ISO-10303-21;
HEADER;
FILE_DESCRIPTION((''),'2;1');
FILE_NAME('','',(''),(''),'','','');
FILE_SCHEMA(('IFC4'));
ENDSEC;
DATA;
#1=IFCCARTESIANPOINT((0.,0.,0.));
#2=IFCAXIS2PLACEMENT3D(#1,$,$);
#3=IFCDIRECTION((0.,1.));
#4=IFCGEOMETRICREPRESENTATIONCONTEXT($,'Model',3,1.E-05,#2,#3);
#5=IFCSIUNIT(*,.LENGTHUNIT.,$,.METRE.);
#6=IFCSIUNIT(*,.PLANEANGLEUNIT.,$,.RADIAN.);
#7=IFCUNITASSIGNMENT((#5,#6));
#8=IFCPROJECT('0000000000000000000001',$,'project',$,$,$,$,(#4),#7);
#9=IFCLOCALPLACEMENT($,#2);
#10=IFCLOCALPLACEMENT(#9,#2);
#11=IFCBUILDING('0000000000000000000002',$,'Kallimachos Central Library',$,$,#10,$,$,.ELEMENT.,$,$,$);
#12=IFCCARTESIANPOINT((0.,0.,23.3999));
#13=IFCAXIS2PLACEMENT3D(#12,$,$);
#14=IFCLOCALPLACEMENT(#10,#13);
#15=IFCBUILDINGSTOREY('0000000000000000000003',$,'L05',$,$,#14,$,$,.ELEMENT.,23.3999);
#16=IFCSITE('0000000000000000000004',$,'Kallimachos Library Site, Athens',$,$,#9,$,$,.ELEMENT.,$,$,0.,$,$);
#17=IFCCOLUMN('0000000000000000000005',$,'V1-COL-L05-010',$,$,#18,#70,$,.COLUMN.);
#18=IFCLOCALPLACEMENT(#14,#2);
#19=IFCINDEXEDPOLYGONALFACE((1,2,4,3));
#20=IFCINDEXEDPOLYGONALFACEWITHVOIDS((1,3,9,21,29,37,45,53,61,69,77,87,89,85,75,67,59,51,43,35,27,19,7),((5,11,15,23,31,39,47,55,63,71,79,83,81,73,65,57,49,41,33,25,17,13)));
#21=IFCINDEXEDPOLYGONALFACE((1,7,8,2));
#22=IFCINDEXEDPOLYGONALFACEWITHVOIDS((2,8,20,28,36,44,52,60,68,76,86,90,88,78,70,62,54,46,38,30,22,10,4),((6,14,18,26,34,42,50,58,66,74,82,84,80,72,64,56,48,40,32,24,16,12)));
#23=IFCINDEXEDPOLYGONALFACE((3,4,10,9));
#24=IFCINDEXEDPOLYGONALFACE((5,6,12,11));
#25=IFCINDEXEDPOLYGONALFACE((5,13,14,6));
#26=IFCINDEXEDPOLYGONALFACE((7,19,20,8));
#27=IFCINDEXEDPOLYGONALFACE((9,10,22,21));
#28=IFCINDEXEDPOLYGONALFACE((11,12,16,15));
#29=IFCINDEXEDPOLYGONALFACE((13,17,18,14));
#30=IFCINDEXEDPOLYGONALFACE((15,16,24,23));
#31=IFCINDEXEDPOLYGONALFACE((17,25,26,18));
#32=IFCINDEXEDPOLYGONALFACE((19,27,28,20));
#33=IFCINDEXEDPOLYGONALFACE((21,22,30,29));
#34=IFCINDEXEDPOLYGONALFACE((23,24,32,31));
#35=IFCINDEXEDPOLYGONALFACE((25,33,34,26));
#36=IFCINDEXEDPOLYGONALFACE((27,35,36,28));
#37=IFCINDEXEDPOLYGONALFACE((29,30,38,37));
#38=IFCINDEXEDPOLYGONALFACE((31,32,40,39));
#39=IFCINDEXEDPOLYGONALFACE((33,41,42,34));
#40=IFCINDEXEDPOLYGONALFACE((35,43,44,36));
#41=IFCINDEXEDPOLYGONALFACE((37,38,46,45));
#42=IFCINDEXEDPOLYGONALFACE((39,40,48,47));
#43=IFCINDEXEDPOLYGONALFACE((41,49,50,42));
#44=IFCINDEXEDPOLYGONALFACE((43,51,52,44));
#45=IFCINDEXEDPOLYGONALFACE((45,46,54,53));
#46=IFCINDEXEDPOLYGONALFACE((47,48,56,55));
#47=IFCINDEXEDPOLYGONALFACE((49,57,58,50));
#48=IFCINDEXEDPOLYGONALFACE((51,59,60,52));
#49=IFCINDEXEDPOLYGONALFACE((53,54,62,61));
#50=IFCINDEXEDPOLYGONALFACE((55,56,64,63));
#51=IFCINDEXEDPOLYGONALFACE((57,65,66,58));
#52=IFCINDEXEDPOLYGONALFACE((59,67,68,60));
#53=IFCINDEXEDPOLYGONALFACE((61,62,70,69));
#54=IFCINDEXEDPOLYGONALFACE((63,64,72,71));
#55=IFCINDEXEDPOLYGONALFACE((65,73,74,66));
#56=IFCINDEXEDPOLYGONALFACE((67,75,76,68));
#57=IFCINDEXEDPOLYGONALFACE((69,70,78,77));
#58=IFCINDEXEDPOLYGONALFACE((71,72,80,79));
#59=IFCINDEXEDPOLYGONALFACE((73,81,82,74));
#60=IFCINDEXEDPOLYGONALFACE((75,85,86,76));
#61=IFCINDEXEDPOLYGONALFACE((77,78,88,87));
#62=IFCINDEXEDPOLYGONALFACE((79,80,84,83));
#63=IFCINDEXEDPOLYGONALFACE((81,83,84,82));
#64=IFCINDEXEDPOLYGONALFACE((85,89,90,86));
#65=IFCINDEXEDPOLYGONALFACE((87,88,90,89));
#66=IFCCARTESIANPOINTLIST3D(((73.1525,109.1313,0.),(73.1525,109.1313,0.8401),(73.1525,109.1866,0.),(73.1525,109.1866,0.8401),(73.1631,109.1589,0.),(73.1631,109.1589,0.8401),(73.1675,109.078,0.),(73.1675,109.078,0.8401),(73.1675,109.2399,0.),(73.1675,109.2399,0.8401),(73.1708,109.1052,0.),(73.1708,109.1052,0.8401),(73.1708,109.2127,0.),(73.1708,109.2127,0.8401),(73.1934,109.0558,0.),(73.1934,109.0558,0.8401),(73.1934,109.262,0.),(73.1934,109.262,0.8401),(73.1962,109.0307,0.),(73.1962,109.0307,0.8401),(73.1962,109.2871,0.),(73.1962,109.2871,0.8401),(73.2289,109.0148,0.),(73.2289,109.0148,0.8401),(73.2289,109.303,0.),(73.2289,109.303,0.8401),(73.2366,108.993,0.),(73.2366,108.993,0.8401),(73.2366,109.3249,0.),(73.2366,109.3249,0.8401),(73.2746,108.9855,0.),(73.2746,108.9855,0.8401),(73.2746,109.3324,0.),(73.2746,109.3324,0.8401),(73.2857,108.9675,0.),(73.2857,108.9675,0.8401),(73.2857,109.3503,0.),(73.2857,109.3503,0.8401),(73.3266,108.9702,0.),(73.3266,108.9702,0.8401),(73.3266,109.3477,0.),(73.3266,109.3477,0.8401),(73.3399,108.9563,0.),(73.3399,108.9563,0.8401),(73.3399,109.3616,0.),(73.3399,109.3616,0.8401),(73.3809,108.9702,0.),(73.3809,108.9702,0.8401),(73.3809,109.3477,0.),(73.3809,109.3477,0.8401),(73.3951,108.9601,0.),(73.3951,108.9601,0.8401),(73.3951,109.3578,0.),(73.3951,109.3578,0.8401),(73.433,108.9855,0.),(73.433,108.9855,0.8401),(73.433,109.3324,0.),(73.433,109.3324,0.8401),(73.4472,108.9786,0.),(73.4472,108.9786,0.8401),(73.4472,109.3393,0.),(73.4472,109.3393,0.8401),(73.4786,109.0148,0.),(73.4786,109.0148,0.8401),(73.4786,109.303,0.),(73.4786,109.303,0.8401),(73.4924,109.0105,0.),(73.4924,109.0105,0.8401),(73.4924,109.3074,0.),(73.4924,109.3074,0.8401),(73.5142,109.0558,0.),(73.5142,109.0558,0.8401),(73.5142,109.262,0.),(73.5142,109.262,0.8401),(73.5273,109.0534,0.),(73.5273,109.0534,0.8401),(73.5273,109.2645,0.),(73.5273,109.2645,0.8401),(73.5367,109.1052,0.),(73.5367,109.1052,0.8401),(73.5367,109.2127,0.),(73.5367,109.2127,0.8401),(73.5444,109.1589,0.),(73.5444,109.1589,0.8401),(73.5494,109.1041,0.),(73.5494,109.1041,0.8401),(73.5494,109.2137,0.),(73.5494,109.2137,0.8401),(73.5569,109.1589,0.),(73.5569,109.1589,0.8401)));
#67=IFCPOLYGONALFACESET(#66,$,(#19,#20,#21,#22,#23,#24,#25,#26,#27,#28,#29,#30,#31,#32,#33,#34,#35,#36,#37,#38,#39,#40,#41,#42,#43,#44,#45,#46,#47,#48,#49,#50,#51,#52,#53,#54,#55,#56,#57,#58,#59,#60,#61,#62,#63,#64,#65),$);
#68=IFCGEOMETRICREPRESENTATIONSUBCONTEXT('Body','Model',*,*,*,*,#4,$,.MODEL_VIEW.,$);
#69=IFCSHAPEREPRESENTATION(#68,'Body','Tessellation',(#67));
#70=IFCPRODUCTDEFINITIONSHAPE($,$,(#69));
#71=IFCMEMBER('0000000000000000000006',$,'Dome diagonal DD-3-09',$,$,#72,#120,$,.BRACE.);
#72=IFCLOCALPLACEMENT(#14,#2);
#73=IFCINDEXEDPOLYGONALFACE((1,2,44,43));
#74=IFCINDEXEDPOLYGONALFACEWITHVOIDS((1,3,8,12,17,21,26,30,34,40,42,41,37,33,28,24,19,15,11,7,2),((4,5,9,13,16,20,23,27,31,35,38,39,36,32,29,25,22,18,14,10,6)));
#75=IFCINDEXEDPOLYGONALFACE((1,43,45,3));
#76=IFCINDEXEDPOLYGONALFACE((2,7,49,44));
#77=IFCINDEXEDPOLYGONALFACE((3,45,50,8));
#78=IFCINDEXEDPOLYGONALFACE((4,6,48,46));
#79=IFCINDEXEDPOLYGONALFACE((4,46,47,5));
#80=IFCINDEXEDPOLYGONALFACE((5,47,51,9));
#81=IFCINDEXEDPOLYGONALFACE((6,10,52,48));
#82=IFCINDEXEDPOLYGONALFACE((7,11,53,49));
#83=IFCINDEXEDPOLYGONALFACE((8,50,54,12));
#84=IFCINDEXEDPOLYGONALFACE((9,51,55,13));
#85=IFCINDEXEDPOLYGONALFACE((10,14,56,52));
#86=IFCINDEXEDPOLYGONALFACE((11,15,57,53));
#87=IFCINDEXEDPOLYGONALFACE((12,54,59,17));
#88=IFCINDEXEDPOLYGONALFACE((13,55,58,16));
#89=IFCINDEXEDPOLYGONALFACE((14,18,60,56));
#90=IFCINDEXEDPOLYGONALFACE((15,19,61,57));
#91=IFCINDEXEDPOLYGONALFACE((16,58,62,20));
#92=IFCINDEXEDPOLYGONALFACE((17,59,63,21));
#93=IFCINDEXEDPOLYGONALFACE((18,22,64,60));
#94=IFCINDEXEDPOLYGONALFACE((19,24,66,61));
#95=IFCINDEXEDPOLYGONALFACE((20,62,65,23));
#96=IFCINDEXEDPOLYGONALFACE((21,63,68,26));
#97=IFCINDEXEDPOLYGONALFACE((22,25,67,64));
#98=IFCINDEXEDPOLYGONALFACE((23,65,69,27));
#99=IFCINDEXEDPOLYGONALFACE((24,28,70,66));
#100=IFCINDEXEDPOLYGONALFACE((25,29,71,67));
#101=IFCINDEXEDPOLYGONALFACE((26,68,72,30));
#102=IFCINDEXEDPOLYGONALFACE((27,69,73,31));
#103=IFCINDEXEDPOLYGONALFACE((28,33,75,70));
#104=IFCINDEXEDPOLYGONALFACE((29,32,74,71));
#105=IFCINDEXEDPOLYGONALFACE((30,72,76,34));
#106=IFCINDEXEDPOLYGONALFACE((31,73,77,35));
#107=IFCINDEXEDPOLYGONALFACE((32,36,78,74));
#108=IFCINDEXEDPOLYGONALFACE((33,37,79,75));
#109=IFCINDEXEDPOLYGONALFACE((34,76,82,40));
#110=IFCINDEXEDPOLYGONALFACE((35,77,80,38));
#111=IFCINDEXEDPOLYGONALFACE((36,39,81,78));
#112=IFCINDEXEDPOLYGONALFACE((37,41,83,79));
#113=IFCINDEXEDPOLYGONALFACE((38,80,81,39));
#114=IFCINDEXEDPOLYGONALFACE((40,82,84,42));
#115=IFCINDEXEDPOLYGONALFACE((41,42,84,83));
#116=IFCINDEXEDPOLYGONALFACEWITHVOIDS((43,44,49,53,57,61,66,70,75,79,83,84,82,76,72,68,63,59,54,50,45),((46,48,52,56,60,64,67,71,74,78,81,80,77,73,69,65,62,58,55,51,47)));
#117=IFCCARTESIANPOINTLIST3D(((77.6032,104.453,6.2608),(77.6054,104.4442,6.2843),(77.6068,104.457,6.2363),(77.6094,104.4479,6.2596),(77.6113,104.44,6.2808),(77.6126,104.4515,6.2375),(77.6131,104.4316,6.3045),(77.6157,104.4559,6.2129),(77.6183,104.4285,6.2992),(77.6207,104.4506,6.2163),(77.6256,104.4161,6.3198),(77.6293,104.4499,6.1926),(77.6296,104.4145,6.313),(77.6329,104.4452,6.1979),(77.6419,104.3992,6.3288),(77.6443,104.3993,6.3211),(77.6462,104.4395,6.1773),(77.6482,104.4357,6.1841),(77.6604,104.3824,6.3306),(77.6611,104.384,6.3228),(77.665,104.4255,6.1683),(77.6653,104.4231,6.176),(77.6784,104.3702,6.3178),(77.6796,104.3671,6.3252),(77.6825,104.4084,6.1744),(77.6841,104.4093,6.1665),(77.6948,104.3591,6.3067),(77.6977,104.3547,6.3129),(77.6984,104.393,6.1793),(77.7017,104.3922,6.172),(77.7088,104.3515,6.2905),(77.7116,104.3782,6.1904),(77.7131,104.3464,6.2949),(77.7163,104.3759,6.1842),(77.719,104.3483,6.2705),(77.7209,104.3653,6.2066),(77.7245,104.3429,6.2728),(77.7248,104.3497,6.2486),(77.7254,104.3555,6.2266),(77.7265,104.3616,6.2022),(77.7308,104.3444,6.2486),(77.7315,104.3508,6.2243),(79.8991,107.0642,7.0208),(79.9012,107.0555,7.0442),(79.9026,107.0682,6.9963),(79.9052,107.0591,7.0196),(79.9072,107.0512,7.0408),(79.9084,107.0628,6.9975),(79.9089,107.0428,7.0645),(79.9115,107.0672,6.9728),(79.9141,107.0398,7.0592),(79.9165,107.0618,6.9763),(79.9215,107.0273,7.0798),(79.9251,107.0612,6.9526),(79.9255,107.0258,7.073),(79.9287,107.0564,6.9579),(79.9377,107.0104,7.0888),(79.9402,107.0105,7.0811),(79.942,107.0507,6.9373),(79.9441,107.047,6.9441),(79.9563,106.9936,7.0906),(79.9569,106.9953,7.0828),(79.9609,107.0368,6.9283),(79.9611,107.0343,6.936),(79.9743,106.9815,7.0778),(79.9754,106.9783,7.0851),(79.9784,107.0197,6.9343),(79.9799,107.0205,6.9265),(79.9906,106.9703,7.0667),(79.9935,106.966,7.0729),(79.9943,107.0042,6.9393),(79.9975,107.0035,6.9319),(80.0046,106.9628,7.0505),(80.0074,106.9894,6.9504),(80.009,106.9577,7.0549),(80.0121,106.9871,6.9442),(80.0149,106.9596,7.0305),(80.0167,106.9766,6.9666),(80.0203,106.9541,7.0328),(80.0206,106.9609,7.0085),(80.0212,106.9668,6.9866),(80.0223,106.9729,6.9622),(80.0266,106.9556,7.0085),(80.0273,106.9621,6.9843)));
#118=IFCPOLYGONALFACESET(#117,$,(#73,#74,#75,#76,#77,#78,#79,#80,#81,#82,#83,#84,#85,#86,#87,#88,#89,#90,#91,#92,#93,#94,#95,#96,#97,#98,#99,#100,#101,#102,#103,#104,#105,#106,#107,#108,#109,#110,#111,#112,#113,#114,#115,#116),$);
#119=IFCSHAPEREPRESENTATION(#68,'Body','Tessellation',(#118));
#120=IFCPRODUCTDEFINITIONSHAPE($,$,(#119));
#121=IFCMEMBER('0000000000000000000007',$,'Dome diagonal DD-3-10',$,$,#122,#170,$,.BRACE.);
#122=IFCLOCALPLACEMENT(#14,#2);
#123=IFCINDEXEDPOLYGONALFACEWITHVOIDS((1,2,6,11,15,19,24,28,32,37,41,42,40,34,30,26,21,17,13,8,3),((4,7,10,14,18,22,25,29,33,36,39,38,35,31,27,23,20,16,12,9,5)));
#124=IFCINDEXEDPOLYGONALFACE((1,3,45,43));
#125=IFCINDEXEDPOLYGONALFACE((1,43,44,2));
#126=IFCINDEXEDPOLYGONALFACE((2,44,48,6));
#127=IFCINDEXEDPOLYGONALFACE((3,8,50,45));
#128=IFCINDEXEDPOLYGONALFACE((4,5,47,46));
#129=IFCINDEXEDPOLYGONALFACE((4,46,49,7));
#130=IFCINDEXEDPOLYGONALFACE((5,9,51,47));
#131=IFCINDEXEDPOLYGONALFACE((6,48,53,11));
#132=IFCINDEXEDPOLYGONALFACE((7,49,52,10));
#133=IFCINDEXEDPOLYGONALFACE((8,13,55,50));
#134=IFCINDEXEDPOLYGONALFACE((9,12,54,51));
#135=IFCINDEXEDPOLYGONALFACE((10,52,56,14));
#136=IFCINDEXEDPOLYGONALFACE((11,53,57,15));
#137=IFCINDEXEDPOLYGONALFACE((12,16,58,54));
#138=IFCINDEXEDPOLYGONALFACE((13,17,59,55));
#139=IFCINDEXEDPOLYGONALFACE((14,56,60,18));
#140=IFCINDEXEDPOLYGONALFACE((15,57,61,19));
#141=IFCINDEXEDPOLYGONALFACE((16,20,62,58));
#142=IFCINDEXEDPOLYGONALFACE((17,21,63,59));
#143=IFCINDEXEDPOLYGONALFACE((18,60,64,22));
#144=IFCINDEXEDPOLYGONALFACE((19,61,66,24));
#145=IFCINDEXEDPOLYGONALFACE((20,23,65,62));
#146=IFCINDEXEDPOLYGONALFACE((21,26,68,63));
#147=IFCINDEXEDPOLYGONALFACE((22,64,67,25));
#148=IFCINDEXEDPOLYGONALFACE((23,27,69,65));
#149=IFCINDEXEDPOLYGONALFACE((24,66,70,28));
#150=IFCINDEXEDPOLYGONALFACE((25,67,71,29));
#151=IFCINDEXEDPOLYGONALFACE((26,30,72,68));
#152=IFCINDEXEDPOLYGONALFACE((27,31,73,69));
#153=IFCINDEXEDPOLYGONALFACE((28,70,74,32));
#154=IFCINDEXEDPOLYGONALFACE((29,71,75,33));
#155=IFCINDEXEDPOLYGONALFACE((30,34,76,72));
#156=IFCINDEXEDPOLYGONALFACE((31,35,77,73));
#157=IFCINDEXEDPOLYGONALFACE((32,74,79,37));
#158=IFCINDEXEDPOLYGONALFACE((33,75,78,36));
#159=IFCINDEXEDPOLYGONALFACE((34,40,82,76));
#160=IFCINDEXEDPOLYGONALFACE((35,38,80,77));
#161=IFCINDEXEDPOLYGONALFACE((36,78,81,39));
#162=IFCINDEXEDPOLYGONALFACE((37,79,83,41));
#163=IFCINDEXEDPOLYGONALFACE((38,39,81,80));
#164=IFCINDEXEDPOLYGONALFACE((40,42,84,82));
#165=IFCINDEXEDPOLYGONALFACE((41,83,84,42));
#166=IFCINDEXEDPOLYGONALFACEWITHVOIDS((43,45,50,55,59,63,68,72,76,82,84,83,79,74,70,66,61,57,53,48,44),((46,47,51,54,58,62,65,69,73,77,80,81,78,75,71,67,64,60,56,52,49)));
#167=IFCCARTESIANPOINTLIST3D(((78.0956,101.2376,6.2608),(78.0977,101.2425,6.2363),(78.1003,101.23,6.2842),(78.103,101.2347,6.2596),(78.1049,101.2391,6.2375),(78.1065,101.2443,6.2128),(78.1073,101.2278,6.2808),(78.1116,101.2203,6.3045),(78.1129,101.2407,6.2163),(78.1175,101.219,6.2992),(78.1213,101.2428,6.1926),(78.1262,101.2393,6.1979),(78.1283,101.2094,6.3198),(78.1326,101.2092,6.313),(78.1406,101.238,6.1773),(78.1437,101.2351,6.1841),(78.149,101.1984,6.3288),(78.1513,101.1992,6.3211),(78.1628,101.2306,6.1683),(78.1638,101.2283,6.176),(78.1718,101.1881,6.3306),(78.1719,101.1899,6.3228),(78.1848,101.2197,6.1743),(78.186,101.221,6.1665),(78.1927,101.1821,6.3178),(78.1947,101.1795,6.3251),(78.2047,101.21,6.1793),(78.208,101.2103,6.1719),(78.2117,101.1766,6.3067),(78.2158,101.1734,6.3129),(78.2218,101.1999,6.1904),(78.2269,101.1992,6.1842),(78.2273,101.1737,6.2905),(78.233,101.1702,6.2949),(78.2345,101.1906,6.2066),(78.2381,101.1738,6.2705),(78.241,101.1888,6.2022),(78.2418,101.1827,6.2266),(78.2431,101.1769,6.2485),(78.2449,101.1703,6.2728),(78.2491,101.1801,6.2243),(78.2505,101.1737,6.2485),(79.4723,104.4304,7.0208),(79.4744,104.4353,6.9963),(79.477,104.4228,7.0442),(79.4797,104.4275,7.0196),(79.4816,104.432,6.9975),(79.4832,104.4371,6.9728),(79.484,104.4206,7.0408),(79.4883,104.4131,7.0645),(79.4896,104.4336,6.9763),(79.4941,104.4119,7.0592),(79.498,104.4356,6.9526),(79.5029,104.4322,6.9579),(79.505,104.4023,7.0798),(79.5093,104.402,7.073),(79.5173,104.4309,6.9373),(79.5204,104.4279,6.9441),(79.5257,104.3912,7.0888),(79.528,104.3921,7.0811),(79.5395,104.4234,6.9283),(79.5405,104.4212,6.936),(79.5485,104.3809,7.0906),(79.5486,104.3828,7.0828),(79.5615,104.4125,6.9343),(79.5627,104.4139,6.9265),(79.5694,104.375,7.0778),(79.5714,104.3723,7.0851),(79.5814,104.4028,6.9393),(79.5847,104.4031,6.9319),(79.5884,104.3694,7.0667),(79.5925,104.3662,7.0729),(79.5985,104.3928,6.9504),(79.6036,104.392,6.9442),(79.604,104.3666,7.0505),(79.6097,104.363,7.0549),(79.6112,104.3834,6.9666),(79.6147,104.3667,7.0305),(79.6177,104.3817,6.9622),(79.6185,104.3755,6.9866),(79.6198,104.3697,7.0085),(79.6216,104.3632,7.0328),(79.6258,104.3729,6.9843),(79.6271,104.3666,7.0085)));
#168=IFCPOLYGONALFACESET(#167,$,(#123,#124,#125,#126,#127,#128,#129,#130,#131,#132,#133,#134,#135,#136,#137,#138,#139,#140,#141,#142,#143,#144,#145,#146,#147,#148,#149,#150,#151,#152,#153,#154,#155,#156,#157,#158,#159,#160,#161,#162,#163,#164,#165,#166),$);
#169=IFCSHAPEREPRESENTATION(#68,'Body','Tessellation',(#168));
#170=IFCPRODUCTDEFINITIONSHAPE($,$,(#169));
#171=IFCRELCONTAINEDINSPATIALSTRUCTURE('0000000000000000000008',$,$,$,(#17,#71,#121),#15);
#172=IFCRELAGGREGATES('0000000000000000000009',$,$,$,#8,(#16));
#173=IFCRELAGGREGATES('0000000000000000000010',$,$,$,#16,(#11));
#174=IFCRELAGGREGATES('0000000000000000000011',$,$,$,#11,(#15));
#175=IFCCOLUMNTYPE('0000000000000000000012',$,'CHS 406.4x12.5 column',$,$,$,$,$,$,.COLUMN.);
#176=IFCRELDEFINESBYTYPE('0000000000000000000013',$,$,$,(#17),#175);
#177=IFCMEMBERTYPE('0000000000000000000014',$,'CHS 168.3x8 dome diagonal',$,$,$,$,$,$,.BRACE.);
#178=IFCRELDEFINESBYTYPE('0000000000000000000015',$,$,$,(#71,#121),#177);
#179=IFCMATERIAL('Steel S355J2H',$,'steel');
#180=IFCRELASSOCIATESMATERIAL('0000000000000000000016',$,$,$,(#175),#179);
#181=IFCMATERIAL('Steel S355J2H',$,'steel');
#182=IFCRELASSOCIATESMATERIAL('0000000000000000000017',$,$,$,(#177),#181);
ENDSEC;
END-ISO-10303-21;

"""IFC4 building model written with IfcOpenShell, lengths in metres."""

from ifc_helpers import new_model, si_unit, direction, frame, origin, origin_2d, place, context, subcontext, project, spatial, hollow_circle, extrude, material, material_profile, profile_set, type_object, element, save


model = new_model("IFC4")

# Units and contexts
model_context = context("Model", 3, precision=1e-05, world=origin(), true_north=direction((0.0, 1.0)))
body_context = subcontext(model_context, "Body", "Model", "MODEL_VIEW")
ifc_project = project(units=[si_unit("LENGTHUNIT", "METRE"), si_unit("PLANEANGLEUNIT", "RADIAN")], contexts=[model_context])

# Site, building, storey
site_placement = place(None, origin())
site = spatial("IfcSite", under=ifc_project, at=site_placement, Name="Kallimachos Library Site, Athens", CompositionType="ELEMENT", RefElevation=0.0)
building_placement = place(site_placement, origin())
building = spatial("IfcBuilding", under=site, at=building_placement, Name="Kallimachos Central Library", CompositionType="ELEMENT")
storey_placement = place(building_placement, frame((0.0, 0.0, 23.3999)))
storey = spatial("IfcBuildingStorey", under=building, at=storey_placement, Name="L05", CompositionType="ELEMENT", Elevation=23.3999)

# Column
ifc_material_1 = material(Name="Steel S355J2H", Category="steel")
ifc_material_profile_1 = material_profile(ifc_material_1, hollow_circle(Radius=0.2031, WallThickness=0.0125, at=origin_2d()), Name="CHS 406.4x12.5")
ifc_profile_set_1 = profile_set([ifc_material_profile_1], Name="Steel S355J2H")
column_type = type_object("IfcColumnType", Name="CHS 406.4x12.5 column", PredefinedType="COLUMN", material=ifc_profile_set_1)
column_placement = place(storey_placement, frame((73.3538, 109.1589, 0.0), z_axis=(0.0, 0.0, 1.0), x_axis=(1.0, 0.0, 0.0)))
element("IfcColumn", 1, at=column_placement, inside=storey, type_object=column_type, Name="V1-COL-L05-010", PredefinedType="COLUMN", context=body_context, shape_type="SweptSolid", body=[
    extrude(hollow_circle(Radius=0.2031, WallThickness=0.0125, at=origin_2d()), origin(), (0.0, 0.0, 1.0), 0.8401),
])

# Members
ifc_material_2 = material(Name="Steel S355J2H", Category="steel")
ifc_material_profile_2 = material_profile(ifc_material_2, hollow_circle(Radius=0.0842, WallThickness=0.0081, at=origin_2d()), Name="CHS 168.3x8")
ifc_profile_set_2 = profile_set([ifc_material_profile_2], Name="Steel S355J2H")
member_type_1 = type_object("IfcMemberType", Name="CHS 168.3x8 dome diagonal", PredefinedType="BRACE", material=ifc_profile_set_2)
for number, where, z_axis, x_axis, name in (
    (2, (79.9634, 107.0112, 7.0085), (-0.645063, -0.733687, -0.213535), (0.751009, -0.660292, 0.0), "Dome diagonal DD-3-09"),
    (3, (79.5498, 104.3999, 7.0085), (-0.386811, -0.897094, -0.213538), (0.918275, -0.395944, 0.0), "Dome diagonal DD-3-10"),
):
    element("IfcMember", number, at=place(storey_placement, frame(where, z_axis=z_axis, x_axis=x_axis)), inside=storey, type_object=member_type_1, Name=name, PredefinedType="BRACE", context=body_context, shape_type="SweptSolid", body=[
        extrude(hollow_circle(Radius=0.0842, WallThickness=0.0081, at=origin_2d()), origin(), (0.0, 0.0, 1.0), 3.5591),
    ])

save(model, "model.ifc")
